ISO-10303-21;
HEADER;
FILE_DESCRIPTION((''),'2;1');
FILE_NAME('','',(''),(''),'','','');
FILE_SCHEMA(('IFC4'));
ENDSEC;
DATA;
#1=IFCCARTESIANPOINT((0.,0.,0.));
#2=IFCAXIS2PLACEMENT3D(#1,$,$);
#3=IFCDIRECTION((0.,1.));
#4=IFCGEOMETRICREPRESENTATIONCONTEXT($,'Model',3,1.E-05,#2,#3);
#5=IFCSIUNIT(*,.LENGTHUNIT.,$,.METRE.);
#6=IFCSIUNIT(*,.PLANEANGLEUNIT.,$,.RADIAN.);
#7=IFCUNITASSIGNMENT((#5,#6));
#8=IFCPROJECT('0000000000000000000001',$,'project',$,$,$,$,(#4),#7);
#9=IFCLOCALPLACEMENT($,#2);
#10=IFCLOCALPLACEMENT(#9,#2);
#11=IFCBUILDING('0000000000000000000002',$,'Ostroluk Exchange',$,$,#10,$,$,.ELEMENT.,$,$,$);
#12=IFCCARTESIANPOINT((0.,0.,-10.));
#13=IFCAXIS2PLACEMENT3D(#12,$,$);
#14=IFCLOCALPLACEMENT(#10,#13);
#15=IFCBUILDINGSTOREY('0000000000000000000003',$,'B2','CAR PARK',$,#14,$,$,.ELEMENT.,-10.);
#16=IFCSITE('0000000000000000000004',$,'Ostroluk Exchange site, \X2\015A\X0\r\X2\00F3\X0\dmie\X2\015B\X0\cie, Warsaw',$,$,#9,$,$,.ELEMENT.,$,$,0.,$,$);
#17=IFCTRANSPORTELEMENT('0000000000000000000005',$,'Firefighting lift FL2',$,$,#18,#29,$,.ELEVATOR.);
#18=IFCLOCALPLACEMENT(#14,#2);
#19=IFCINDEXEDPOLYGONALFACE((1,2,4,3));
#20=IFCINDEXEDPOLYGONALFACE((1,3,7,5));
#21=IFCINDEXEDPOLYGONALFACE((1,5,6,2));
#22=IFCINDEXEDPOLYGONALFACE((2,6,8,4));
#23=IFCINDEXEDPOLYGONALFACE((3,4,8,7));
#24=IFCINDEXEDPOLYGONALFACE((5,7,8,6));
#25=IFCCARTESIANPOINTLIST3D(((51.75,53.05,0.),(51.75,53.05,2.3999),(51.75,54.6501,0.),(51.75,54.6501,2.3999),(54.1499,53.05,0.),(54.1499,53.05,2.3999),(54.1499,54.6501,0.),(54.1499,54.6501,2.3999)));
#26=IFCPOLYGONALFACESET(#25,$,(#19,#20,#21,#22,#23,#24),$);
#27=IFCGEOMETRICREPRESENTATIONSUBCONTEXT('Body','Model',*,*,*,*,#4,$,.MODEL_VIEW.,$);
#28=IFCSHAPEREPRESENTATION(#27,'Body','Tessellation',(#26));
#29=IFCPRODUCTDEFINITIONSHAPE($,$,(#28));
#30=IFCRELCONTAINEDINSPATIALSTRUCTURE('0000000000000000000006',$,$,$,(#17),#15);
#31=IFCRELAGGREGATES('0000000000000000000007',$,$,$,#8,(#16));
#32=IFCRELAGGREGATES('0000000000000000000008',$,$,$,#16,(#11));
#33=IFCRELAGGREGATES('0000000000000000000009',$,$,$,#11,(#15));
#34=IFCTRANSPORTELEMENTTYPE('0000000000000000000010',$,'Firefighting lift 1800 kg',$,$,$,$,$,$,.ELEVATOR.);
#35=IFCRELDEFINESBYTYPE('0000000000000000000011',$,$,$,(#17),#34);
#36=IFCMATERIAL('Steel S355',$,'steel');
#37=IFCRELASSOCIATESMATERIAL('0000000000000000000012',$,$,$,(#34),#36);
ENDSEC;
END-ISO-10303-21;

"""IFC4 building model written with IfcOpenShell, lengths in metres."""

from ifc_helpers import new_model, si_unit, direction, frame, origin, origin_2d, place, context, subcontext, project, spatial, rectangle, extrude, material, type_object, element, save


model = new_model("IFC4")

# Units and contexts
model_context = context("Model", 3, precision=1e-05, world=origin(), true_north=direction((0.0, 1.0)))
body_context = subcontext(model_context, "Body", "Model", "MODEL_VIEW")
ifc_project = project(units=[si_unit("LENGTHUNIT", "METRE"), si_unit("PLANEANGLEUNIT", "RADIAN")], contexts=[model_context])

# Site, building, storey
site_placement = place(None, origin())
site = spatial("IfcSite", under=ifc_project, at=site_placement, Name="Ostroluk Exchange site, Śródmieście, Warsaw", CompositionType="ELEMENT", RefElevation=0.0)
building_placement = place(site_placement, origin())
building = spatial("IfcBuilding", under=site, at=building_placement, Name="Ostroluk Exchange", CompositionType="ELEMENT")
storey_placement = place(building_placement, frame((0.0, 0.0, -10.0)))
storey = spatial("IfcBuildingStorey", under=building, at=storey_placement, Name="B2", Description="CAR PARK", CompositionType="ELEMENT", Elevation=-10.0)

# Transport element
ifc_material_1 = material(Name="Steel S355", Category="steel")
transport_element_type = type_object("IfcTransportElementType", Name="Firefighting lift 1800 kg", PredefinedType="ELEVATOR", material=ifc_material_1)
transport_element_placement = place(storey_placement, frame((52.95, 53.8501, 0.0), z_axis=(0.0, 0.0, 1.0), x_axis=(1.0, 0.0, 0.0)))
element("IfcTransportElement", 1, at=transport_element_placement, inside=storey, type_object=transport_element_type, Name="Firefighting lift FL2", PredefinedType="ELEVATOR", context=body_context, shape_type="SweptSolid", body=[
    extrude(rectangle(XDim=2.3999, YDim=1.6001, at=origin_2d()), origin(), (0.0, 0.0, 1.0), 2.3999),
])

save(model, "model.ifc")
